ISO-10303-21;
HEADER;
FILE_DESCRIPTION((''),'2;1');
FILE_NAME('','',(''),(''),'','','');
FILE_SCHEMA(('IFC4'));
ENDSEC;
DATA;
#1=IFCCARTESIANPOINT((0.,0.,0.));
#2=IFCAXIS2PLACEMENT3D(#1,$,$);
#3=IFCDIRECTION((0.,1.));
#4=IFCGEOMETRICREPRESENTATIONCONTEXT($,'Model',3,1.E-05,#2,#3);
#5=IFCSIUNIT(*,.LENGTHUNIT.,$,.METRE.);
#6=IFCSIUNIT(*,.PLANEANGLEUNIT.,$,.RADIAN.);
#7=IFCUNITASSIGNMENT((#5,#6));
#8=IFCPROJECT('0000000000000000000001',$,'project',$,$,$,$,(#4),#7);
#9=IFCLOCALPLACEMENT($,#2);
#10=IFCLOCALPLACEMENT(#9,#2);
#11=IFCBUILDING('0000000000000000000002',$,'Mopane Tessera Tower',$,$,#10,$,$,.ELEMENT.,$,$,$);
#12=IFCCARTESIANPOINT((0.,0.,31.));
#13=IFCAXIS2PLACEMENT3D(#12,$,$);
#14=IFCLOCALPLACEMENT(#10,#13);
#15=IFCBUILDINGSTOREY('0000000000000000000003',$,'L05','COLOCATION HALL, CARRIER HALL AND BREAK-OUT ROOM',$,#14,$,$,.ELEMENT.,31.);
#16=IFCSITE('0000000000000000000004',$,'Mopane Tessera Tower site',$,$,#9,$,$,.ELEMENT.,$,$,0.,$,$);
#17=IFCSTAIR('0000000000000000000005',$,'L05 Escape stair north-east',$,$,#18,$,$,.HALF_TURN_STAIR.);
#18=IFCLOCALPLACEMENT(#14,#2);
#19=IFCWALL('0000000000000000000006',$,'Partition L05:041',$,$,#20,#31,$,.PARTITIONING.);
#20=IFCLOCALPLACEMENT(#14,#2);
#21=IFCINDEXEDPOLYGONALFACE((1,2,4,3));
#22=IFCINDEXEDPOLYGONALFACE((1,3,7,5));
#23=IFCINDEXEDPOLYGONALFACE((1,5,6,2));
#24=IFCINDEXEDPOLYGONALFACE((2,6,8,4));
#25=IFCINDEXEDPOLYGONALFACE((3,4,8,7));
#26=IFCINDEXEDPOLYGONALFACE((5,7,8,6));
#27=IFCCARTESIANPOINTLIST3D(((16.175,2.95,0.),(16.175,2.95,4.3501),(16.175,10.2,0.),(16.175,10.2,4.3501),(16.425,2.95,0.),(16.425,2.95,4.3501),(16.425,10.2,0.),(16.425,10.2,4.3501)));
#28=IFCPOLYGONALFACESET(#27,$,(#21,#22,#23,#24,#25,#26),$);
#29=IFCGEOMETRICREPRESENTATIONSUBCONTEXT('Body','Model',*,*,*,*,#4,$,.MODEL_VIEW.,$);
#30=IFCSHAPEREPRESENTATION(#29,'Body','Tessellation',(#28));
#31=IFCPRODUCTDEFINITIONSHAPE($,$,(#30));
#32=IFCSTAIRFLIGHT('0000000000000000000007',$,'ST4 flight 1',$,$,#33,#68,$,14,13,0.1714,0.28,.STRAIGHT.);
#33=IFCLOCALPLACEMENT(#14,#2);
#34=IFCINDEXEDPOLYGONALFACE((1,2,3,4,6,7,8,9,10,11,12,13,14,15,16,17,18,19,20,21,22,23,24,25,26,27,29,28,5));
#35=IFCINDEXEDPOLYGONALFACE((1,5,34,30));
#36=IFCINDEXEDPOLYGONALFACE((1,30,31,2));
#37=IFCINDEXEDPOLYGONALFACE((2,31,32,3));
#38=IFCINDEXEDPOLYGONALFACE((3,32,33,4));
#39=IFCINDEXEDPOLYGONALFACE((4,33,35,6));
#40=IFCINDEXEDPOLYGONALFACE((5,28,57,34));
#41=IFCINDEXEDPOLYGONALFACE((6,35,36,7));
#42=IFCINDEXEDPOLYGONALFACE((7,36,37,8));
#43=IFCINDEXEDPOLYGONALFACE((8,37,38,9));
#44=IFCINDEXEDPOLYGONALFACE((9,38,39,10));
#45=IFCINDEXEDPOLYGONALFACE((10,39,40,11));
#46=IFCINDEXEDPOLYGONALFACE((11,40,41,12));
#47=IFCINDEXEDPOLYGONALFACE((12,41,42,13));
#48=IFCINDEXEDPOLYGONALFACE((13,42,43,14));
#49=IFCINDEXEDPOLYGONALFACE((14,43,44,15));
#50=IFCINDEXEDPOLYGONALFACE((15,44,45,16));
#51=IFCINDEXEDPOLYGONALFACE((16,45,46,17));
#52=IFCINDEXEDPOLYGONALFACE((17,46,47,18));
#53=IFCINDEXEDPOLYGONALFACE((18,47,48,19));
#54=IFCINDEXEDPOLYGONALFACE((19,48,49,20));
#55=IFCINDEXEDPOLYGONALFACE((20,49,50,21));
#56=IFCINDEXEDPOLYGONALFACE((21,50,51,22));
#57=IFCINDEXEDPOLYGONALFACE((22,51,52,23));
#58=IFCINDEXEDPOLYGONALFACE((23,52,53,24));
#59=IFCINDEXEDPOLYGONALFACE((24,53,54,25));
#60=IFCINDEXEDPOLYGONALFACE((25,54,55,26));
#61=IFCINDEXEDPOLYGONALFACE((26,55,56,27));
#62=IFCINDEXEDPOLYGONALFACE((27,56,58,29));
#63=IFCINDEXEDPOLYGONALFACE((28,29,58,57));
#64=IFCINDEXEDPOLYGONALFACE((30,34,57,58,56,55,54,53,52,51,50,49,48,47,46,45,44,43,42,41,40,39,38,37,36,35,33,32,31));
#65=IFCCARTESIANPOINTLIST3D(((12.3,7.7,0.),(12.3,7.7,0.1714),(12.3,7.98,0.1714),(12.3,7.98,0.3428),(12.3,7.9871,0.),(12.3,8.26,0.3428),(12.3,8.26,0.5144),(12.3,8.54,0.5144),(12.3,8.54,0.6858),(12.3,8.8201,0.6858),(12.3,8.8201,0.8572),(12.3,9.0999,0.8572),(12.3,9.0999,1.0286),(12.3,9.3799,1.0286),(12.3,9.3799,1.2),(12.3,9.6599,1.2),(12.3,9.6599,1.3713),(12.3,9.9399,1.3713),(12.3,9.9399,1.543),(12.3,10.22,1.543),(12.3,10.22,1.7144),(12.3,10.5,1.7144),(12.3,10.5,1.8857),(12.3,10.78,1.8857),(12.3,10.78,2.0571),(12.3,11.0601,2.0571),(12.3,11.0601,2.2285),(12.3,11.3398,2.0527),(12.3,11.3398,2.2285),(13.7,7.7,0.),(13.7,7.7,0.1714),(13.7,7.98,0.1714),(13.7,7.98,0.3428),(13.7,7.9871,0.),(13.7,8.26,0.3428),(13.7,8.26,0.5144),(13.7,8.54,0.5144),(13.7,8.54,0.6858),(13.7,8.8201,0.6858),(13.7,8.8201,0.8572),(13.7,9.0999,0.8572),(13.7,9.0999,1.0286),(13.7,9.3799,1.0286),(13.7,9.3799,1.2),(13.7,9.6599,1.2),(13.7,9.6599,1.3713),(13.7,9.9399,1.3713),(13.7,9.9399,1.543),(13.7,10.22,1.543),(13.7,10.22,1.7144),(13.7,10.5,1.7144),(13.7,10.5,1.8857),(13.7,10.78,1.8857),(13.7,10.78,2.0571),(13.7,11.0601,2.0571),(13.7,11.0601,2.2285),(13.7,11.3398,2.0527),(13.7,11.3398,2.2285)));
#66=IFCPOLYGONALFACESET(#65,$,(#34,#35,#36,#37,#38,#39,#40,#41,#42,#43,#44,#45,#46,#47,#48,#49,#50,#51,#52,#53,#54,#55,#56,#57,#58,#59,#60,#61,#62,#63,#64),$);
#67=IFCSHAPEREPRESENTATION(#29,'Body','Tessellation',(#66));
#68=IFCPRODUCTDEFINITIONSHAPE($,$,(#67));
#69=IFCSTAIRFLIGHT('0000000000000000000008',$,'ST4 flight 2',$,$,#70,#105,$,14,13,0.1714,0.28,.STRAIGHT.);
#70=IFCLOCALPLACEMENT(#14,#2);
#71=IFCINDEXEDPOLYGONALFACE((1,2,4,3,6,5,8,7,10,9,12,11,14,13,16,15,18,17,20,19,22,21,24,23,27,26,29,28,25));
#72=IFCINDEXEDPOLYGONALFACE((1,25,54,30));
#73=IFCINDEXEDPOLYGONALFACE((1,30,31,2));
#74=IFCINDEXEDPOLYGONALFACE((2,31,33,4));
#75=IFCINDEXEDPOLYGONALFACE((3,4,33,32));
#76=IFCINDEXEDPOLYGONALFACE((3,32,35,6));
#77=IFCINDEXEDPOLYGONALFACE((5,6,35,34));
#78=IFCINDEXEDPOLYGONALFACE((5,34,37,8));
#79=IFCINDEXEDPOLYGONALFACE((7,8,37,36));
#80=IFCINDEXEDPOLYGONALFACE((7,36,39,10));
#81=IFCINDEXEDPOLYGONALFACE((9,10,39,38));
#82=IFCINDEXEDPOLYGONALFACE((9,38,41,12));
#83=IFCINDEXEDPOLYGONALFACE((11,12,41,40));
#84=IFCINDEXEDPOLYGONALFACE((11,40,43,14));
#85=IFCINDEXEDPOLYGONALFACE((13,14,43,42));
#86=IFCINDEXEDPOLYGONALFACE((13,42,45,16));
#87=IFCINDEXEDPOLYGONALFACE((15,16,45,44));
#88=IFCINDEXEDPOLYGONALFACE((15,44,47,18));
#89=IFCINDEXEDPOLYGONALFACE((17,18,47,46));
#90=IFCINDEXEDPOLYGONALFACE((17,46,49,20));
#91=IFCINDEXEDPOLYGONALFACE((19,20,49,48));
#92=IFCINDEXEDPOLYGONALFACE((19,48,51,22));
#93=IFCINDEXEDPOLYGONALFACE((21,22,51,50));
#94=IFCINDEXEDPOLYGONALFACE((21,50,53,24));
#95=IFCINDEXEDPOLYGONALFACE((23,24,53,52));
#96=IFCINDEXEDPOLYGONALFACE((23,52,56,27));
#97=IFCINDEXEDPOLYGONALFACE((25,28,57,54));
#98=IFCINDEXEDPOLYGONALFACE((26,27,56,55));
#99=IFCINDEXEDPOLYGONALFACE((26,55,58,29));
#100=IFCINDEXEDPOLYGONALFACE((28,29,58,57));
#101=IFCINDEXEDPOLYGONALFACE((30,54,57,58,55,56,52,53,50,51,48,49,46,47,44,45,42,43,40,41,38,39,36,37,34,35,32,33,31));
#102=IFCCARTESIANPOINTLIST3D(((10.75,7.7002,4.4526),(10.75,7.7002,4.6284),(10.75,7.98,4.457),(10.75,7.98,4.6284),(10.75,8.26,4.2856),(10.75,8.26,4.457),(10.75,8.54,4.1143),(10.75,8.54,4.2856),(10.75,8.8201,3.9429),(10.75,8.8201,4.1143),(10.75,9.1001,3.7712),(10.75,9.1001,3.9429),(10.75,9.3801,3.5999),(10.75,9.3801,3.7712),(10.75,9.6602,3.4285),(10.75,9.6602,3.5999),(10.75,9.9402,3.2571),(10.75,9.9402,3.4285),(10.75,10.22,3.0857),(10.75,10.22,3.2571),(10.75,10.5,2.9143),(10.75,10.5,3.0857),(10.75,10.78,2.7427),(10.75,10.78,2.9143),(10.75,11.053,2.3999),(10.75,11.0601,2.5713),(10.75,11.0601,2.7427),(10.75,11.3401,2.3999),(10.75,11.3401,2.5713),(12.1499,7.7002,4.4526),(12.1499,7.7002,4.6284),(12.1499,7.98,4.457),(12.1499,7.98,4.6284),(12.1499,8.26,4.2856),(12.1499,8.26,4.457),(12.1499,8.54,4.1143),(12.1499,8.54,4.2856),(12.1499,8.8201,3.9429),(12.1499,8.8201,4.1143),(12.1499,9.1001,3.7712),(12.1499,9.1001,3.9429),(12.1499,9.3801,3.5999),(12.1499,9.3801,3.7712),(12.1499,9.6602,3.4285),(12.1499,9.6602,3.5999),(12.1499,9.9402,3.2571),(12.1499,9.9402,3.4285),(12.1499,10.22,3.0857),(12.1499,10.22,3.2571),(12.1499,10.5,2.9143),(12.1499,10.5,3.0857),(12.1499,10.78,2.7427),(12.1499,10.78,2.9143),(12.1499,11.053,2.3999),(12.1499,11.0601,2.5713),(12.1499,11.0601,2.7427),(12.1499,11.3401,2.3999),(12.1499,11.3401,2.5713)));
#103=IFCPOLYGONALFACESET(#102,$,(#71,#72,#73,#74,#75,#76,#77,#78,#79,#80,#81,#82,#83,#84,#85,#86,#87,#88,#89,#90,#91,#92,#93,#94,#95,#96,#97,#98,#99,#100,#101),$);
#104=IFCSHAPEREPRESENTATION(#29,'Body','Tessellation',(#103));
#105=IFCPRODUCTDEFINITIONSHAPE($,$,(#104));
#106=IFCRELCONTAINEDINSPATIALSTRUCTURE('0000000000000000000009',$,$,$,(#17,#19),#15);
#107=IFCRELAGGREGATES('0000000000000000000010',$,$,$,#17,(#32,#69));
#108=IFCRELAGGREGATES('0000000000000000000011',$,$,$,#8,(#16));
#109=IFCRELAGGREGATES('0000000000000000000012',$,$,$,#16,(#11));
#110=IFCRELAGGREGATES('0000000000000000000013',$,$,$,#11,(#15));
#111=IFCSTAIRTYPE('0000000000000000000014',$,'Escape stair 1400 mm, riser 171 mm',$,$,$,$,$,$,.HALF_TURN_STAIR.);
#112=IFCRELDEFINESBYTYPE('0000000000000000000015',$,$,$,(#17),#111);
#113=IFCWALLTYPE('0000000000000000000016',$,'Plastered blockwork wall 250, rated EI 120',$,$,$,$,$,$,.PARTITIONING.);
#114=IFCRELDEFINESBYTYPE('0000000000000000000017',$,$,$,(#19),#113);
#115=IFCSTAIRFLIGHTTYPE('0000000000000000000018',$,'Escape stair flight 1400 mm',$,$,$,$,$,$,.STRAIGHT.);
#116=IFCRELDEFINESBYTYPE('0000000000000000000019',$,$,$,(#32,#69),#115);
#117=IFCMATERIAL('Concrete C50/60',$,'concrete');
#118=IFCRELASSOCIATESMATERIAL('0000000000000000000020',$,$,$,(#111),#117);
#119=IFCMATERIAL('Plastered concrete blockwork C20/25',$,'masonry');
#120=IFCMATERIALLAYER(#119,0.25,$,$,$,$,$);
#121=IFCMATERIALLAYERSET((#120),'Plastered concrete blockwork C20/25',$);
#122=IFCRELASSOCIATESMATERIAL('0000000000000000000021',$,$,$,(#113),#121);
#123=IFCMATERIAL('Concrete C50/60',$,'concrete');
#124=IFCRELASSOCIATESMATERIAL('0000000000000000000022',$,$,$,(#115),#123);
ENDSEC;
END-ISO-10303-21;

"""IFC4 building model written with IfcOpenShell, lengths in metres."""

from ifc_helpers import new_model, si_unit, direction, frame, frame_2d, origin, place, context, subcontext, project, spatial, polyline, rectangle, outline, extrude, material, layer, layer_set, type_object, element, aggregate, save


model = new_model("IFC4")

# Units and contexts
model_context = context("Model", 3, precision=1e-05, world=origin(), true_north=direction((0.0, 1.0)))
body_context = subcontext(model_context, "Body", "Model", "MODEL_VIEW")
ifc_project = project(units=[si_unit("LENGTHUNIT", "METRE"), si_unit("PLANEANGLEUNIT", "RADIAN")], contexts=[model_context])

# Site, building, storey
site_placement = place(None, origin())
site = spatial("IfcSite", under=ifc_project, at=site_placement, Name="Mopane Tessera Tower site", CompositionType="ELEMENT", RefElevation=0.0)
building_placement = place(site_placement, origin())
building = spatial("IfcBuilding", under=site, at=building_placement, Name="Mopane Tessera Tower", CompositionType="ELEMENT")
storey_placement = place(building_placement, frame((0.0, 0.0, 31.0)))
storey = spatial("IfcBuildingStorey", under=building, at=storey_placement, Name="L05", Description="COLOCATION HALL, CARRIER HALL AND BREAK-OUT ROOM", CompositionType="ELEMENT", Elevation=31.0)

# Stair
ifc_material_1 = material(Name="Concrete C50/60", Category="concrete")
stair_type = type_object("IfcStairType", Name="Escape stair 1400 mm, riser 171 mm", PredefinedType="HALF_TURN_STAIR", material=ifc_material_1)
stair_1_placement = place(storey_placement, origin())
stair_1 = element("IfcStair", 1, at=stair_1_placement, inside=storey, type_object=stair_type, Name="L05 Escape stair north-east", PredefinedType="HALF_TURN_STAIR")

# Wall
ifc_material_2 = material(Name="Plastered concrete blockwork C20/25", Category="masonry")
ifc_layer_1 = layer(ifc_material_2, 0.25)
ifc_layer_set_1 = layer_set([ifc_layer_1], Name="Plastered concrete blockwork C20/25")
wall_type_1 = type_object("IfcWallType", Name="Plastered blockwork wall 250, rated EI 120", PredefinedType="PARTITIONING", material=ifc_layer_set_1)
wall_1_placement = place(storey_placement, frame((16.3, 2.95, 0.0), z_axis=(0.0, 0.0, 1.0), x_axis=(0.0, 1.0, 0.0)))
element("IfcWall", 2, at=wall_1_placement, inside=storey, type_object=wall_type_1, Name="Partition L05:041", PredefinedType="PARTITIONING", context=body_context, shape_type="SweptSolid", body=[
    extrude(rectangle(XDim=7.25, YDim=0.25, at=frame_2d((3.625, 0.0))), origin(), (0.0, 0.0, 1.0), 4.3501),
])

# Stair flights
ifc_material_3 = material(Name="Concrete C50/60", Category="concrete")
stair_flight_type = type_object("IfcStairFlightType", Name="Escape stair flight 1400 mm", PredefinedType="STRAIGHT", material=ifc_material_3)
stair_flight_1_placement = place(storey_placement, frame((13.0, 7.7, 0.0), z_axis=(0.0, 0.0, 1.0), x_axis=(0.0, 1.0, 0.0)))
stair_flight_1 = element("IfcStairFlight", 3, at=stair_flight_1_placement, type_object=stair_flight_type, Name="ST4 flight 1", NumberOfRisers=14, NumberOfTreads=13, PredefinedType="STRAIGHT", RiserHeight=0.1714, TreadLength=0.28, context=body_context, shape_type="SweptSolid", body=[
    extrude(outline(polyline([(0.0, 0.0), (0.0, 0.1714), (0.28, 0.1714), (0.28, 0.3428), (0.5601, 0.3428), (0.5601, 0.5144), (0.8401, 0.5144), (0.8401, 0.6858), (1.1201, 0.6858), (1.1201, 0.8572), (1.3999, 0.8572), (1.3999, 1.0286), (1.6799, 1.0286), (1.6799, 1.2), (1.96, 1.2), (1.96, 1.3713), (2.24, 1.3713), (2.24, 1.543), (2.52, 1.543), (2.52, 1.7144), (2.8, 1.7144), (2.8, 1.8857), (3.0801, 1.8857), (3.0801, 2.0571), (3.3601, 2.0571), (3.3601, 2.2285), (3.6399, 2.2285), (3.6399, 2.3999), (3.6399, 2.0527), (0.2871, 0.0), (0.0, 0.0)])), frame((0.0, 0.7, 0.0), z_axis=(0.0, -1.0, 0.0), x_axis=(1.0, 0.0, 0.0)), (0.0, 0.0, 1.0), 1.3999),
])
stair_flight_2_placement = place(storey_placement, frame((11.45, 11.3401, 2.3999), z_axis=(0.0, 0.0, 1.0), x_axis=(0.0, -1.0, 0.0)))
stair_flight_2 = element("IfcStairFlight", 4, at=stair_flight_2_placement, type_object=stair_flight_type, Name="ST4 flight 2", NumberOfRisers=14, NumberOfTreads=13, PredefinedType="STRAIGHT", RiserHeight=0.1714, TreadLength=0.28, context=body_context, shape_type="SweptSolid", body=[
    extrude(outline(polyline([(0.0, 0.0), (0.0, 0.1714), (0.28, 0.1714), (0.28, 0.3428), (0.5601, 0.3428), (0.5601, 0.5144), (0.8401, 0.5144), (0.8401, 0.6858), (1.1201, 0.6858), (1.1201, 0.8572), (1.3999, 0.8572), (1.3999, 1.0286), (1.6799, 1.0286), (1.6799, 1.2), (1.96, 1.2), (1.96, 1.3713), (2.24, 1.3713), (2.24, 1.543), (2.52, 1.543), (2.52, 1.7144), (2.8, 1.7144), (2.8, 1.8857), (3.0801, 1.8857), (3.0801, 2.0571), (3.3601, 2.0571), (3.3601, 2.2285), (3.6399, 2.2285), (3.6399, 2.3999), (3.6399, 2.0527), (0.2871, 0.0), (0.0, 0.0)])), frame((0.0, 0.7, 0.0), z_axis=(0.0, -1.0, 0.0), x_axis=(1.0, 0.0, 0.0)), (0.0, 0.0, 1.0), 1.3999),
])
aggregate(stair_1, [stair_flight_1, stair_flight_2])

save(model, "model.ifc")
